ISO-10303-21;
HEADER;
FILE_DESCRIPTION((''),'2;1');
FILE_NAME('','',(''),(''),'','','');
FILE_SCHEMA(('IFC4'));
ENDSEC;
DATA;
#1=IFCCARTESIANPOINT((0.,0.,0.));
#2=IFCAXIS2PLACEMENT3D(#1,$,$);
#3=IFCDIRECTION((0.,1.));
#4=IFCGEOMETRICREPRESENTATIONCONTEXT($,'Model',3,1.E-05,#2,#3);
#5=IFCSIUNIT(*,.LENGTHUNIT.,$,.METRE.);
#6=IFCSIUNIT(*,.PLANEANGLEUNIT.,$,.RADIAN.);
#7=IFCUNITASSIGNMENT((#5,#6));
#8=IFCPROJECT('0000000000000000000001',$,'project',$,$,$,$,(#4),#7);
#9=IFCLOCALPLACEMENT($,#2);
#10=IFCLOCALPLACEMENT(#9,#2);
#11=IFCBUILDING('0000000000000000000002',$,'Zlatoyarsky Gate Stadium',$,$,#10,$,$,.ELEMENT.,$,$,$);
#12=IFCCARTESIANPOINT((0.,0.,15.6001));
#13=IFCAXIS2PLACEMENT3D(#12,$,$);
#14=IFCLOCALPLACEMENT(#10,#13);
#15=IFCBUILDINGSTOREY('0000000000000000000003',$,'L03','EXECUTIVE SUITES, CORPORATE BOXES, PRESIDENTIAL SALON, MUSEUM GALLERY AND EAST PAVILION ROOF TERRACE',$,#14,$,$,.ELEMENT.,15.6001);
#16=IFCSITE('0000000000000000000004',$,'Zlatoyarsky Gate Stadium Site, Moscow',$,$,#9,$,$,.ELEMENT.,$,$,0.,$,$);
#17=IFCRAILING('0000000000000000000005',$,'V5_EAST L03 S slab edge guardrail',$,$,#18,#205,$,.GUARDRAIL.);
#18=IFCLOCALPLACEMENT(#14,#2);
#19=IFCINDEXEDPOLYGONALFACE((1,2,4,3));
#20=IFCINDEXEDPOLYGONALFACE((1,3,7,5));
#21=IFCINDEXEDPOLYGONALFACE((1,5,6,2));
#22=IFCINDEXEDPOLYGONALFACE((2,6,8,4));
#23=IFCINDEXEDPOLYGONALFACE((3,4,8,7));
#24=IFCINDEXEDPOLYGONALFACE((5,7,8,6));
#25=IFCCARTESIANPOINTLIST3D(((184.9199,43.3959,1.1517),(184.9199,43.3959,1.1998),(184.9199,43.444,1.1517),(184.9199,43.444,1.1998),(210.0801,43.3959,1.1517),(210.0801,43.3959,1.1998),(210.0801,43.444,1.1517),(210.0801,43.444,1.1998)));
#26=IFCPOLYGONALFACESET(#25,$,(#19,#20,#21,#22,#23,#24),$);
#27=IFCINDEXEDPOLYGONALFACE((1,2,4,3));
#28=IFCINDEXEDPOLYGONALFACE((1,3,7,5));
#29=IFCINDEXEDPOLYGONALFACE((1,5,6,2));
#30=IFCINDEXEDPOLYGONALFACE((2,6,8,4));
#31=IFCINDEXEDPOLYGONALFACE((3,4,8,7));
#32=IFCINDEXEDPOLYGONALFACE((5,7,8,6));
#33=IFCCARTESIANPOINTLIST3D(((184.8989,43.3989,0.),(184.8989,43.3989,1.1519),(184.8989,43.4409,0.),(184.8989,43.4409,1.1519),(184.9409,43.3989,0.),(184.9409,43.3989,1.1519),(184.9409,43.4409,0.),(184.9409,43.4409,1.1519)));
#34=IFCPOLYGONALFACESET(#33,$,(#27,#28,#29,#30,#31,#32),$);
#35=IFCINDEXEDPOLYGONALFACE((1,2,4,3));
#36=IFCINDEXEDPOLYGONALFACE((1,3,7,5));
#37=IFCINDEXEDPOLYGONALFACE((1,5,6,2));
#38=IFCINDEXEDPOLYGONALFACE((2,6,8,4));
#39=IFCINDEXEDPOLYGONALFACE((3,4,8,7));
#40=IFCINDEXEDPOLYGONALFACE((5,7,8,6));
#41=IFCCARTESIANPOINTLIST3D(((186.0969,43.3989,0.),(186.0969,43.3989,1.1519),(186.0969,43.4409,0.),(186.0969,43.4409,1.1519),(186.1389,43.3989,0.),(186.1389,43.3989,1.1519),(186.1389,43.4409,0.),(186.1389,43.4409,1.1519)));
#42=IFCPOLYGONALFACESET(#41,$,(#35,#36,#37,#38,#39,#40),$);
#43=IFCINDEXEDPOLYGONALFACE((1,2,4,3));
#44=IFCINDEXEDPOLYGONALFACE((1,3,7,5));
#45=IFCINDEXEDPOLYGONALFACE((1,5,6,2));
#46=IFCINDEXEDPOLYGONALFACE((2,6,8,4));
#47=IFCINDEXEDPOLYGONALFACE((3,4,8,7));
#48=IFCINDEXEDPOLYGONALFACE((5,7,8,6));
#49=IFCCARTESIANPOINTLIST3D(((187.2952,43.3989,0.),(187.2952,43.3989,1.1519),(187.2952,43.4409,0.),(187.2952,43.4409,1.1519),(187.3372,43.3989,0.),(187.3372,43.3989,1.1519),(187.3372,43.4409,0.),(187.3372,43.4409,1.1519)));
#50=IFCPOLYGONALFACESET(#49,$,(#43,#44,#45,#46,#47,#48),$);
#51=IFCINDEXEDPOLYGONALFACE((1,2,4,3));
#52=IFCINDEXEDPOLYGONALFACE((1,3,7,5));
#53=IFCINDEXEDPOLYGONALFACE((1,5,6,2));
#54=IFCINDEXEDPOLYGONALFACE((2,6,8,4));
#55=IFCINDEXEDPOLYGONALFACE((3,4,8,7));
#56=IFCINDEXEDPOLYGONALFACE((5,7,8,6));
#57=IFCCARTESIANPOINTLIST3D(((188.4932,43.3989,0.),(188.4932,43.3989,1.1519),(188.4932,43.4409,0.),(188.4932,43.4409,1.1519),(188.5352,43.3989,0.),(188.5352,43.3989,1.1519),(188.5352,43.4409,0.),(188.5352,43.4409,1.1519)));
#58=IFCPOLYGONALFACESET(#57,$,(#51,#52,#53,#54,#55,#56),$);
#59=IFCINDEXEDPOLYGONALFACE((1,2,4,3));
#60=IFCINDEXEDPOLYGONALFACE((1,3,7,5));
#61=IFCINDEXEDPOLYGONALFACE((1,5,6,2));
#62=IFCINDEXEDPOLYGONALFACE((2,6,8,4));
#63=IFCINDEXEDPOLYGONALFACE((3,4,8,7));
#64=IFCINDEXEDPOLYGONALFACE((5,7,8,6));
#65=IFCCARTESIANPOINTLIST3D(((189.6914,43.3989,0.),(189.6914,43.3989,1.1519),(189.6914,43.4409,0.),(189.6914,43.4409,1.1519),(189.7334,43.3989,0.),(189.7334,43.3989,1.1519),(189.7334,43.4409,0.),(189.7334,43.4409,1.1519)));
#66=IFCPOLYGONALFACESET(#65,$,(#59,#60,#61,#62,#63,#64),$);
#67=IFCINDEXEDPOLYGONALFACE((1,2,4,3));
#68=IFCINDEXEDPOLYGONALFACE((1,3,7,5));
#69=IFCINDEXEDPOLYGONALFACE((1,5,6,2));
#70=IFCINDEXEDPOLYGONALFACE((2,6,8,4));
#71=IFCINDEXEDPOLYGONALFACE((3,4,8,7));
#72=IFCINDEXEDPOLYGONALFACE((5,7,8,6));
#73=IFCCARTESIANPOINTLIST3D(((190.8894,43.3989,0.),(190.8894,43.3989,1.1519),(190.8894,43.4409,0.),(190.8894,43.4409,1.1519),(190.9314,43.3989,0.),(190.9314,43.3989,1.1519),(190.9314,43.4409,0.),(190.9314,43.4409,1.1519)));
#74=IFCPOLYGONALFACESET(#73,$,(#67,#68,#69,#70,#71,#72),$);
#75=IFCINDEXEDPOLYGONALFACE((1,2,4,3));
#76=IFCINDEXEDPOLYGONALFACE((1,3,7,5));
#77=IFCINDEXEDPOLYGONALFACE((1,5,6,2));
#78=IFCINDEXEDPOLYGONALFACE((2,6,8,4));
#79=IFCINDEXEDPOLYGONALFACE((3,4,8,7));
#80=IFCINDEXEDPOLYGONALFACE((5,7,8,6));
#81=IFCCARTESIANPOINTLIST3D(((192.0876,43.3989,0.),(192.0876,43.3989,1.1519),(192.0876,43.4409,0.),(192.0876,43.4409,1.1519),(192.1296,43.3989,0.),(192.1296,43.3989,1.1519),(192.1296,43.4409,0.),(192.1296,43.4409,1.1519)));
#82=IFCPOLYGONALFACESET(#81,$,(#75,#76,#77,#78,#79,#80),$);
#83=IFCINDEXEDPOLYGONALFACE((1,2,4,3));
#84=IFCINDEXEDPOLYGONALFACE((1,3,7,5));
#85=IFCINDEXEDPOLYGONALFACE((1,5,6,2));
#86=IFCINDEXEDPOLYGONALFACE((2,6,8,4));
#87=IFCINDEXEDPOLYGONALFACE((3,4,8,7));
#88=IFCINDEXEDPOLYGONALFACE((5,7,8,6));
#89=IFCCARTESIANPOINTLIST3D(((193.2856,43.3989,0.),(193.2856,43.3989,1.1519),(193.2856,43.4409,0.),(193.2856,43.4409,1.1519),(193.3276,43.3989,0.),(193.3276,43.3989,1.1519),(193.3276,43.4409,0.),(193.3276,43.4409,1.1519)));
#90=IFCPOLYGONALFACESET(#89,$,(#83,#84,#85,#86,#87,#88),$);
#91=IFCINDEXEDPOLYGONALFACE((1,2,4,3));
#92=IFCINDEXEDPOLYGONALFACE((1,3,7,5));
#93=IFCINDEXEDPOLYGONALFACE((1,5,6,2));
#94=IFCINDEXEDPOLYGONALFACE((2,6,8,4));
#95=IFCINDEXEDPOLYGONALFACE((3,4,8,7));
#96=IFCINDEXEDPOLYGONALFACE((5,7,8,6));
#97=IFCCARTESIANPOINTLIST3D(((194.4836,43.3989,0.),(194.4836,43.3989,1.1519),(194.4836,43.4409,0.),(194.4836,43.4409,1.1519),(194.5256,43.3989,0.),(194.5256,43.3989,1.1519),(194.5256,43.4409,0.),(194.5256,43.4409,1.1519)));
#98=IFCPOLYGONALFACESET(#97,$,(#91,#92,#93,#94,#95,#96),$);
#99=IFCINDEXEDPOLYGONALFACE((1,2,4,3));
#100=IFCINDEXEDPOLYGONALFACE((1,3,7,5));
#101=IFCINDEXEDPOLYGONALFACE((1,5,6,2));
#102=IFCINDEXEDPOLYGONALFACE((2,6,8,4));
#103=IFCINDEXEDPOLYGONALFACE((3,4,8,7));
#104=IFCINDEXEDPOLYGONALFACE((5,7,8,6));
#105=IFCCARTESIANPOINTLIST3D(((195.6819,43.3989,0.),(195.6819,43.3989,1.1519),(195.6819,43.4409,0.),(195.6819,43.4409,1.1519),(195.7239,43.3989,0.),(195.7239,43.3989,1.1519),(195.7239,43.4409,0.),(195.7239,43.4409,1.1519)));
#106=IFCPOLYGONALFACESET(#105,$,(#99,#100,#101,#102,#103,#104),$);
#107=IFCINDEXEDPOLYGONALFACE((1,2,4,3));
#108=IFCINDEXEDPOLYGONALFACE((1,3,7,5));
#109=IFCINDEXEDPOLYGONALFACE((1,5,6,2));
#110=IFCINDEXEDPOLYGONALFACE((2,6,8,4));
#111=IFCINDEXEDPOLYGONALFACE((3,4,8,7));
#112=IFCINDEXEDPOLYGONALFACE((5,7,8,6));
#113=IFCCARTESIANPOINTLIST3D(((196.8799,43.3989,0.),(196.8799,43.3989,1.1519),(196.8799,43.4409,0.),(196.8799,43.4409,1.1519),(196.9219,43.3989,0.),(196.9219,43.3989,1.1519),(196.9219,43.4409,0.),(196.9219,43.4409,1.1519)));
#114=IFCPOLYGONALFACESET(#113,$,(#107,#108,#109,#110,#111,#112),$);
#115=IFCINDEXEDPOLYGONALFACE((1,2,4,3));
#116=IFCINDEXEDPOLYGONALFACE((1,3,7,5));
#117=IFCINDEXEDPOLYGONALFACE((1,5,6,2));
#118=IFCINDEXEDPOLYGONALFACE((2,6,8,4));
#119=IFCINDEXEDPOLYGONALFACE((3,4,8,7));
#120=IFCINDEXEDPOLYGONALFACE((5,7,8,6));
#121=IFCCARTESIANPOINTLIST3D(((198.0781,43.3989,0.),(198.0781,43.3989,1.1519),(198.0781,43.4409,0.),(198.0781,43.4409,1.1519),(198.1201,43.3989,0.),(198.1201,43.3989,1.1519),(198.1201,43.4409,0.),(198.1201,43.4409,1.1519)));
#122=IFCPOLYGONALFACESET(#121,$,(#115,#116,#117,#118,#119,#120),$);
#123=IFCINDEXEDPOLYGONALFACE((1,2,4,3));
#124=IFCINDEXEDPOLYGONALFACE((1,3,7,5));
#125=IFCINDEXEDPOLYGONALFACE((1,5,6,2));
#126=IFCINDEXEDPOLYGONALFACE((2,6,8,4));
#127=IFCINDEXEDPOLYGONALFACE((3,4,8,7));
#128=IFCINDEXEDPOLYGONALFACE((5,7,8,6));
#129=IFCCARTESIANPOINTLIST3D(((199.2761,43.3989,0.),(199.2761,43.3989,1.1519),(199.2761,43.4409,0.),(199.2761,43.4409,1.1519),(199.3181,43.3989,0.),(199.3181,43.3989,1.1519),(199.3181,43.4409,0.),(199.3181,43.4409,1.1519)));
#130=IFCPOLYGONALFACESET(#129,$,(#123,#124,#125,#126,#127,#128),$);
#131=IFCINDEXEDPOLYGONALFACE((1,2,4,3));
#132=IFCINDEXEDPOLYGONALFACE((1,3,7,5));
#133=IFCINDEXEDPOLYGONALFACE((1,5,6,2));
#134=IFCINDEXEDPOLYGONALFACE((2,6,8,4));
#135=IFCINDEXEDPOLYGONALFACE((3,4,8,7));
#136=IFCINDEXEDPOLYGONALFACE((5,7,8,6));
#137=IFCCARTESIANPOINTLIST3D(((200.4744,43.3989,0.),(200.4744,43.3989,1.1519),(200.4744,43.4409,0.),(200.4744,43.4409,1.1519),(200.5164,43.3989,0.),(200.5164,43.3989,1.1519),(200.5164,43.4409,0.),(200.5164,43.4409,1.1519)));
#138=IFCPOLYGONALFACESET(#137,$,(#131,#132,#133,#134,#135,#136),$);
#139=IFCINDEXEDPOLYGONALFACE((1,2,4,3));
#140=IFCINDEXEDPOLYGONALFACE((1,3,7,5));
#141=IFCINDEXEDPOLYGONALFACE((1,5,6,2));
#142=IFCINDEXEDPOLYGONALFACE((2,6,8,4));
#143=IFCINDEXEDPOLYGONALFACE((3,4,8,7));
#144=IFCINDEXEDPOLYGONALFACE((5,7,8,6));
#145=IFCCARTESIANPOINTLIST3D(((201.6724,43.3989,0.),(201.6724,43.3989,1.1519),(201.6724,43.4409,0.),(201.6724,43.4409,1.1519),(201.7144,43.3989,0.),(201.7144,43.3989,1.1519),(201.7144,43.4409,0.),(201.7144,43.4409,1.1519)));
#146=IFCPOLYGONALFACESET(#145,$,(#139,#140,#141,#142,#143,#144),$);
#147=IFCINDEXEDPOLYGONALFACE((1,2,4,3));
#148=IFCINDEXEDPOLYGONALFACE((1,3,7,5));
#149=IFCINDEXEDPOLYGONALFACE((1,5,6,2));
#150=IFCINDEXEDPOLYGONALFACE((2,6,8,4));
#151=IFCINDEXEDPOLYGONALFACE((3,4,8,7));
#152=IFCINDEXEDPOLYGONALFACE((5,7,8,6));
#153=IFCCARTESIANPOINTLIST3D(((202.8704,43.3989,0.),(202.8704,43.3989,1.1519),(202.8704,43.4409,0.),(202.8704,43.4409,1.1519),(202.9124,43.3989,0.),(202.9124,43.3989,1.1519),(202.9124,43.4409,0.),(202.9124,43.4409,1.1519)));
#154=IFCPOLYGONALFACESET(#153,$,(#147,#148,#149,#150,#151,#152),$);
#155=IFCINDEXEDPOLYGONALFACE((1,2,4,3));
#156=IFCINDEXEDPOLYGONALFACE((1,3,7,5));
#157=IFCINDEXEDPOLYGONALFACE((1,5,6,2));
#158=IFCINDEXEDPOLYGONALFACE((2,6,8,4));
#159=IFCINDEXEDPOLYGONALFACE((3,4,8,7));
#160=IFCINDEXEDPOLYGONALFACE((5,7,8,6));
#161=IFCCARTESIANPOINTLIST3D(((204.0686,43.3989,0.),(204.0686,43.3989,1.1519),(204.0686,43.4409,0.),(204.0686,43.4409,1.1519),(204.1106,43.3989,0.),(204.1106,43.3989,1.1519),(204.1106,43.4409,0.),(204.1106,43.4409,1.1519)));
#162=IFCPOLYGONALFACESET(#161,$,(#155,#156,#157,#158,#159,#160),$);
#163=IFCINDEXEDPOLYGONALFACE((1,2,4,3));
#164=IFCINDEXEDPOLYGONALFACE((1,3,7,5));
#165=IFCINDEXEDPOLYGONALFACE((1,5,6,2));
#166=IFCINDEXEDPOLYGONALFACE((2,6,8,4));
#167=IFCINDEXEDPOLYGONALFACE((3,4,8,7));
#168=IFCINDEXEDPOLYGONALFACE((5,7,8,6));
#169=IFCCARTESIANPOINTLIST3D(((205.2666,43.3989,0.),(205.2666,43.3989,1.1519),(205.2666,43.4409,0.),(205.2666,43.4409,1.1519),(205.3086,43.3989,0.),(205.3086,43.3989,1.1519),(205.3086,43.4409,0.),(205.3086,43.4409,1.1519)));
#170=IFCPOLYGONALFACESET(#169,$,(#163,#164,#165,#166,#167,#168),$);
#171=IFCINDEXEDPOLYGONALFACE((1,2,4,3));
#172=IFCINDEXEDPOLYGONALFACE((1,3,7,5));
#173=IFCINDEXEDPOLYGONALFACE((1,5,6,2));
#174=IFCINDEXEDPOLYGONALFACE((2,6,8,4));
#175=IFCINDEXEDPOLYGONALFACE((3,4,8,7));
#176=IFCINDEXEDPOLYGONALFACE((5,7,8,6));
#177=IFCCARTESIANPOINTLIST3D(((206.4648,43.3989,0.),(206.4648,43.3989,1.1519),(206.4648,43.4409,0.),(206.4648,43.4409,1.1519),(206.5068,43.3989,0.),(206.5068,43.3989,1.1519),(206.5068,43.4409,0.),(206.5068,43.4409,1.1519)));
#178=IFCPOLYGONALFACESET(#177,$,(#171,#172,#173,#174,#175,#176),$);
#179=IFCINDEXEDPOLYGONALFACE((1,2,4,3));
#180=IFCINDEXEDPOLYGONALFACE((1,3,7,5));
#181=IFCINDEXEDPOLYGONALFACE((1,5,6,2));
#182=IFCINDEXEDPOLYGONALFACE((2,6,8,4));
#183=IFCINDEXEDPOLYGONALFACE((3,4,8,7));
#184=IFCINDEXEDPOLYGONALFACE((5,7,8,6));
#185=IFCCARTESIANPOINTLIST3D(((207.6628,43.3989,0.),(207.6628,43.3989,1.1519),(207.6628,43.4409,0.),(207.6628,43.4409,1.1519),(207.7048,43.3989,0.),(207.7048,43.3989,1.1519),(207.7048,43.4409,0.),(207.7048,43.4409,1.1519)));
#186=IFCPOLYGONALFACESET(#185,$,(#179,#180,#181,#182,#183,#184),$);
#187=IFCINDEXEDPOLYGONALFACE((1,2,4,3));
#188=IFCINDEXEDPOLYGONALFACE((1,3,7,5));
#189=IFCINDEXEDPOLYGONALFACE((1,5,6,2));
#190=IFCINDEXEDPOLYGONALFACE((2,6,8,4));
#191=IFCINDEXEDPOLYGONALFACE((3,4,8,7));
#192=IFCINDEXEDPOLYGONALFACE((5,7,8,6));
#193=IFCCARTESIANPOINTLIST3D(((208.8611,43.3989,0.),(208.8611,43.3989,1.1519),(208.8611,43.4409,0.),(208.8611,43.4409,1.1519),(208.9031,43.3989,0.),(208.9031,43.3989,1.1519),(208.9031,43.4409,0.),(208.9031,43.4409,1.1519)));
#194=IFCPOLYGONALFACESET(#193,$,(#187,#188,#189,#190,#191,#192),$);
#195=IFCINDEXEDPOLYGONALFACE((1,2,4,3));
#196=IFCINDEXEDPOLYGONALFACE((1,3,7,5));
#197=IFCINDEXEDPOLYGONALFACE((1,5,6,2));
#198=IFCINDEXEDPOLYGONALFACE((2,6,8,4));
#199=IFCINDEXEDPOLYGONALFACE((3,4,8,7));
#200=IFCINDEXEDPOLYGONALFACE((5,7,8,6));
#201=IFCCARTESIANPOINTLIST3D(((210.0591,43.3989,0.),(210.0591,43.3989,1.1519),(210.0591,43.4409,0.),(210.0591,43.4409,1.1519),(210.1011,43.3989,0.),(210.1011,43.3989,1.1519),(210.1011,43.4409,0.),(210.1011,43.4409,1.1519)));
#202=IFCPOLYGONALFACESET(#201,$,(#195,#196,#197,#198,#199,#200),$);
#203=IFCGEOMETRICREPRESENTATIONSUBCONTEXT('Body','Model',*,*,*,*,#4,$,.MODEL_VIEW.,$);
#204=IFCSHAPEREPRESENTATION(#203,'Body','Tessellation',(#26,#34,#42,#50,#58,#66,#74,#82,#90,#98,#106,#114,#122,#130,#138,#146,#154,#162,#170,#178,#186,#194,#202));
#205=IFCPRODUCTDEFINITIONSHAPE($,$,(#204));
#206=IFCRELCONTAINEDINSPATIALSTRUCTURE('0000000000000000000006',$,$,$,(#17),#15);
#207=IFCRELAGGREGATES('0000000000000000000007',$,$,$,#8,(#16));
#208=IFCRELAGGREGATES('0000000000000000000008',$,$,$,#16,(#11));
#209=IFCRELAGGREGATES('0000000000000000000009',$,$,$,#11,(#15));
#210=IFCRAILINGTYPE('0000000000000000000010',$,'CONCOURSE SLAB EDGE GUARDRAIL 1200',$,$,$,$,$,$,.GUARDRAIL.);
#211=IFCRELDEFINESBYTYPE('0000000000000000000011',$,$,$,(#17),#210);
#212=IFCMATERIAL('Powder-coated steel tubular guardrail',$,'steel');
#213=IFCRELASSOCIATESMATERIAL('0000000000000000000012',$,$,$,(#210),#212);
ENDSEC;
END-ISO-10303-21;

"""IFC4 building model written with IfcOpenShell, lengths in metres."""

from ifc_helpers import new_model, si_unit, direction, frame, origin, origin_2d, place, context, subcontext, project, spatial, rectangle, extrude, material, type_object, element, save


model = new_model("IFC4")

# Units and contexts
model_context = context("Model", 3, precision=1e-05, world=origin(), true_north=direction((0.0, 1.0)))
body_context = subcontext(model_context, "Body", "Model", "MODEL_VIEW")
ifc_project = project(units=[si_unit("LENGTHUNIT", "METRE"), si_unit("PLANEANGLEUNIT", "RADIAN")], contexts=[model_context])

# Site, building, storey
site_placement = place(None, origin())
site = spatial("IfcSite", under=ifc_project, at=site_placement, Name="Zlatoyarsky Gate Stadium Site, Moscow", CompositionType="ELEMENT", RefElevation=0.0)
building_placement = place(site_placement, origin())
building = spatial("IfcBuilding", under=site, at=building_placement, Name="Zlatoyarsky Gate Stadium", CompositionType="ELEMENT")
storey_placement = place(building_placement, frame((0.0, 0.0, 15.6001)))
storey = spatial("IfcBuildingStorey", under=building, at=storey_placement, Name="L03", Description="EXECUTIVE SUITES, CORPORATE BOXES, PRESIDENTIAL SALON, MUSEUM GALLERY AND EAST PAVILION ROOF TERRACE", CompositionType="ELEMENT", Elevation=15.6001)

# Railing
ifc_material_1 = material(Name="Powder-coated steel tubular guardrail", Category="steel")
railing_type_1 = type_object("IfcRailingType", Name="CONCOURSE SLAB EDGE GUARDRAIL 1200", PredefinedType="GUARDRAIL", material=ifc_material_1)
railing_1_placement = place(storey_placement, frame((184.9199, 43.4199, 0.0)))
element("IfcRailing", 1, at=railing_1_placement, inside=storey, type_object=railing_type_1, Name="V5_EAST L03 S slab edge guardrail", PredefinedType="GUARDRAIL", context=body_context, shape_type="SweptSolid", body=[
    extrude(rectangle(XDim=0.0481, YDim=0.0481, at=origin_2d()), frame((0.0, 0.0, 1.1758), z_axis=(1.0, 0.0, 0.0), x_axis=(0.0, 1.0, 0.0)), (0.0, 0.0, 1.0), 25.1602),
    extrude(rectangle(XDim=0.042, YDim=0.042, at=origin_2d()), origin(), (0.0, 0.0, 1.0), 1.1519),
    extrude(rectangle(XDim=0.042, YDim=0.042, at=origin_2d()), frame((1.198, 0.0, 0.0)), (0.0, 0.0, 1.0), 1.1519),
    extrude(rectangle(XDim=0.042, YDim=0.042, at=origin_2d()), frame((2.3962, 0.0, 0.0)), (0.0, 0.0, 1.0), 1.1519),
    extrude(rectangle(XDim=0.042, YDim=0.042, at=origin_2d()), frame((3.5942, 0.0, 0.0)), (0.0, 0.0, 1.0), 1.1519),
    extrude(rectangle(XDim=0.042, YDim=0.042, at=origin_2d()), frame((4.7925, 0.0, 0.0)), (0.0, 0.0, 1.0), 1.1519),
    extrude(rectangle(XDim=0.042, YDim=0.042, at=origin_2d()), frame((5.9905, 0.0, 0.0)), (0.0, 0.0, 1.0), 1.1519),
    extrude(rectangle(XDim=0.042, YDim=0.042, at=origin_2d()), frame((7.1887, 0.0, 0.0)), (0.0, 0.0, 1.0), 1.1519),
    extrude(rectangle(XDim=0.042, YDim=0.042, at=origin_2d()), frame((8.3867, 0.0, 0.0)), (0.0, 0.0, 1.0), 1.1519),
    extrude(rectangle(XDim=0.042, YDim=0.042, at=origin_2d()), frame((9.5847, 0.0, 0.0)), (0.0, 0.0, 1.0), 1.1519),
    extrude(rectangle(XDim=0.042, YDim=0.042, at=origin_2d()), frame((10.783, 0.0, 0.0)), (0.0, 0.0, 1.0), 1.1519),
    extrude(rectangle(XDim=0.042, YDim=0.042, at=origin_2d()), frame((11.981, 0.0, 0.0)), (0.0, 0.0, 1.0), 1.1519),
    extrude(rectangle(XDim=0.042, YDim=0.042, at=origin_2d()), frame((13.1792, 0.0, 0.0)), (0.0, 0.0, 1.0), 1.1519),
    extrude(rectangle(XDim=0.042, YDim=0.042, at=origin_2d()), frame((14.3772, 0.0, 0.0)), (0.0, 0.0, 1.0), 1.1519),
    extrude(rectangle(XDim=0.042, YDim=0.042, at=origin_2d()), frame((15.5754, 0.0, 0.0)), (0.0, 0.0, 1.0), 1.1519),
    extrude(rectangle(XDim=0.042, YDim=0.042, at=origin_2d()), frame((16.7734, 0.0, 0.0)), (0.0, 0.0, 1.0), 1.1519),
    extrude(rectangle(XDim=0.042, YDim=0.042, at=origin_2d()), frame((17.9714, 0.0, 0.0)), (0.0, 0.0, 1.0), 1.1519),
    extrude(rectangle(XDim=0.042, YDim=0.042, at=origin_2d()), frame((19.1697, 0.0, 0.0)), (0.0, 0.0, 1.0), 1.1519),
    extrude(rectangle(XDim=0.042, YDim=0.042, at=origin_2d()), frame((20.3677, 0.0, 0.0)), (0.0, 0.0, 1.0), 1.1519),
    extrude(rectangle(XDim=0.042, YDim=0.042, at=origin_2d()), frame((21.5659, 0.0, 0.0)), (0.0, 0.0, 1.0), 1.1519),
    extrude(rectangle(XDim=0.042, YDim=0.042, at=origin_2d()), frame((22.7639, 0.0, 0.0)), (0.0, 0.0, 1.0), 1.1519),
    extrude(rectangle(XDim=0.042, YDim=0.042, at=origin_2d()), frame((23.9622, 0.0, 0.0)), (0.0, 0.0, 1.0), 1.1519),
    extrude(rectangle(XDim=0.042, YDim=0.042, at=origin_2d()), frame((25.1602, 0.0, 0.0)), (0.0, 0.0, 1.0), 1.1519),
])

save(model, "model.ifc")
